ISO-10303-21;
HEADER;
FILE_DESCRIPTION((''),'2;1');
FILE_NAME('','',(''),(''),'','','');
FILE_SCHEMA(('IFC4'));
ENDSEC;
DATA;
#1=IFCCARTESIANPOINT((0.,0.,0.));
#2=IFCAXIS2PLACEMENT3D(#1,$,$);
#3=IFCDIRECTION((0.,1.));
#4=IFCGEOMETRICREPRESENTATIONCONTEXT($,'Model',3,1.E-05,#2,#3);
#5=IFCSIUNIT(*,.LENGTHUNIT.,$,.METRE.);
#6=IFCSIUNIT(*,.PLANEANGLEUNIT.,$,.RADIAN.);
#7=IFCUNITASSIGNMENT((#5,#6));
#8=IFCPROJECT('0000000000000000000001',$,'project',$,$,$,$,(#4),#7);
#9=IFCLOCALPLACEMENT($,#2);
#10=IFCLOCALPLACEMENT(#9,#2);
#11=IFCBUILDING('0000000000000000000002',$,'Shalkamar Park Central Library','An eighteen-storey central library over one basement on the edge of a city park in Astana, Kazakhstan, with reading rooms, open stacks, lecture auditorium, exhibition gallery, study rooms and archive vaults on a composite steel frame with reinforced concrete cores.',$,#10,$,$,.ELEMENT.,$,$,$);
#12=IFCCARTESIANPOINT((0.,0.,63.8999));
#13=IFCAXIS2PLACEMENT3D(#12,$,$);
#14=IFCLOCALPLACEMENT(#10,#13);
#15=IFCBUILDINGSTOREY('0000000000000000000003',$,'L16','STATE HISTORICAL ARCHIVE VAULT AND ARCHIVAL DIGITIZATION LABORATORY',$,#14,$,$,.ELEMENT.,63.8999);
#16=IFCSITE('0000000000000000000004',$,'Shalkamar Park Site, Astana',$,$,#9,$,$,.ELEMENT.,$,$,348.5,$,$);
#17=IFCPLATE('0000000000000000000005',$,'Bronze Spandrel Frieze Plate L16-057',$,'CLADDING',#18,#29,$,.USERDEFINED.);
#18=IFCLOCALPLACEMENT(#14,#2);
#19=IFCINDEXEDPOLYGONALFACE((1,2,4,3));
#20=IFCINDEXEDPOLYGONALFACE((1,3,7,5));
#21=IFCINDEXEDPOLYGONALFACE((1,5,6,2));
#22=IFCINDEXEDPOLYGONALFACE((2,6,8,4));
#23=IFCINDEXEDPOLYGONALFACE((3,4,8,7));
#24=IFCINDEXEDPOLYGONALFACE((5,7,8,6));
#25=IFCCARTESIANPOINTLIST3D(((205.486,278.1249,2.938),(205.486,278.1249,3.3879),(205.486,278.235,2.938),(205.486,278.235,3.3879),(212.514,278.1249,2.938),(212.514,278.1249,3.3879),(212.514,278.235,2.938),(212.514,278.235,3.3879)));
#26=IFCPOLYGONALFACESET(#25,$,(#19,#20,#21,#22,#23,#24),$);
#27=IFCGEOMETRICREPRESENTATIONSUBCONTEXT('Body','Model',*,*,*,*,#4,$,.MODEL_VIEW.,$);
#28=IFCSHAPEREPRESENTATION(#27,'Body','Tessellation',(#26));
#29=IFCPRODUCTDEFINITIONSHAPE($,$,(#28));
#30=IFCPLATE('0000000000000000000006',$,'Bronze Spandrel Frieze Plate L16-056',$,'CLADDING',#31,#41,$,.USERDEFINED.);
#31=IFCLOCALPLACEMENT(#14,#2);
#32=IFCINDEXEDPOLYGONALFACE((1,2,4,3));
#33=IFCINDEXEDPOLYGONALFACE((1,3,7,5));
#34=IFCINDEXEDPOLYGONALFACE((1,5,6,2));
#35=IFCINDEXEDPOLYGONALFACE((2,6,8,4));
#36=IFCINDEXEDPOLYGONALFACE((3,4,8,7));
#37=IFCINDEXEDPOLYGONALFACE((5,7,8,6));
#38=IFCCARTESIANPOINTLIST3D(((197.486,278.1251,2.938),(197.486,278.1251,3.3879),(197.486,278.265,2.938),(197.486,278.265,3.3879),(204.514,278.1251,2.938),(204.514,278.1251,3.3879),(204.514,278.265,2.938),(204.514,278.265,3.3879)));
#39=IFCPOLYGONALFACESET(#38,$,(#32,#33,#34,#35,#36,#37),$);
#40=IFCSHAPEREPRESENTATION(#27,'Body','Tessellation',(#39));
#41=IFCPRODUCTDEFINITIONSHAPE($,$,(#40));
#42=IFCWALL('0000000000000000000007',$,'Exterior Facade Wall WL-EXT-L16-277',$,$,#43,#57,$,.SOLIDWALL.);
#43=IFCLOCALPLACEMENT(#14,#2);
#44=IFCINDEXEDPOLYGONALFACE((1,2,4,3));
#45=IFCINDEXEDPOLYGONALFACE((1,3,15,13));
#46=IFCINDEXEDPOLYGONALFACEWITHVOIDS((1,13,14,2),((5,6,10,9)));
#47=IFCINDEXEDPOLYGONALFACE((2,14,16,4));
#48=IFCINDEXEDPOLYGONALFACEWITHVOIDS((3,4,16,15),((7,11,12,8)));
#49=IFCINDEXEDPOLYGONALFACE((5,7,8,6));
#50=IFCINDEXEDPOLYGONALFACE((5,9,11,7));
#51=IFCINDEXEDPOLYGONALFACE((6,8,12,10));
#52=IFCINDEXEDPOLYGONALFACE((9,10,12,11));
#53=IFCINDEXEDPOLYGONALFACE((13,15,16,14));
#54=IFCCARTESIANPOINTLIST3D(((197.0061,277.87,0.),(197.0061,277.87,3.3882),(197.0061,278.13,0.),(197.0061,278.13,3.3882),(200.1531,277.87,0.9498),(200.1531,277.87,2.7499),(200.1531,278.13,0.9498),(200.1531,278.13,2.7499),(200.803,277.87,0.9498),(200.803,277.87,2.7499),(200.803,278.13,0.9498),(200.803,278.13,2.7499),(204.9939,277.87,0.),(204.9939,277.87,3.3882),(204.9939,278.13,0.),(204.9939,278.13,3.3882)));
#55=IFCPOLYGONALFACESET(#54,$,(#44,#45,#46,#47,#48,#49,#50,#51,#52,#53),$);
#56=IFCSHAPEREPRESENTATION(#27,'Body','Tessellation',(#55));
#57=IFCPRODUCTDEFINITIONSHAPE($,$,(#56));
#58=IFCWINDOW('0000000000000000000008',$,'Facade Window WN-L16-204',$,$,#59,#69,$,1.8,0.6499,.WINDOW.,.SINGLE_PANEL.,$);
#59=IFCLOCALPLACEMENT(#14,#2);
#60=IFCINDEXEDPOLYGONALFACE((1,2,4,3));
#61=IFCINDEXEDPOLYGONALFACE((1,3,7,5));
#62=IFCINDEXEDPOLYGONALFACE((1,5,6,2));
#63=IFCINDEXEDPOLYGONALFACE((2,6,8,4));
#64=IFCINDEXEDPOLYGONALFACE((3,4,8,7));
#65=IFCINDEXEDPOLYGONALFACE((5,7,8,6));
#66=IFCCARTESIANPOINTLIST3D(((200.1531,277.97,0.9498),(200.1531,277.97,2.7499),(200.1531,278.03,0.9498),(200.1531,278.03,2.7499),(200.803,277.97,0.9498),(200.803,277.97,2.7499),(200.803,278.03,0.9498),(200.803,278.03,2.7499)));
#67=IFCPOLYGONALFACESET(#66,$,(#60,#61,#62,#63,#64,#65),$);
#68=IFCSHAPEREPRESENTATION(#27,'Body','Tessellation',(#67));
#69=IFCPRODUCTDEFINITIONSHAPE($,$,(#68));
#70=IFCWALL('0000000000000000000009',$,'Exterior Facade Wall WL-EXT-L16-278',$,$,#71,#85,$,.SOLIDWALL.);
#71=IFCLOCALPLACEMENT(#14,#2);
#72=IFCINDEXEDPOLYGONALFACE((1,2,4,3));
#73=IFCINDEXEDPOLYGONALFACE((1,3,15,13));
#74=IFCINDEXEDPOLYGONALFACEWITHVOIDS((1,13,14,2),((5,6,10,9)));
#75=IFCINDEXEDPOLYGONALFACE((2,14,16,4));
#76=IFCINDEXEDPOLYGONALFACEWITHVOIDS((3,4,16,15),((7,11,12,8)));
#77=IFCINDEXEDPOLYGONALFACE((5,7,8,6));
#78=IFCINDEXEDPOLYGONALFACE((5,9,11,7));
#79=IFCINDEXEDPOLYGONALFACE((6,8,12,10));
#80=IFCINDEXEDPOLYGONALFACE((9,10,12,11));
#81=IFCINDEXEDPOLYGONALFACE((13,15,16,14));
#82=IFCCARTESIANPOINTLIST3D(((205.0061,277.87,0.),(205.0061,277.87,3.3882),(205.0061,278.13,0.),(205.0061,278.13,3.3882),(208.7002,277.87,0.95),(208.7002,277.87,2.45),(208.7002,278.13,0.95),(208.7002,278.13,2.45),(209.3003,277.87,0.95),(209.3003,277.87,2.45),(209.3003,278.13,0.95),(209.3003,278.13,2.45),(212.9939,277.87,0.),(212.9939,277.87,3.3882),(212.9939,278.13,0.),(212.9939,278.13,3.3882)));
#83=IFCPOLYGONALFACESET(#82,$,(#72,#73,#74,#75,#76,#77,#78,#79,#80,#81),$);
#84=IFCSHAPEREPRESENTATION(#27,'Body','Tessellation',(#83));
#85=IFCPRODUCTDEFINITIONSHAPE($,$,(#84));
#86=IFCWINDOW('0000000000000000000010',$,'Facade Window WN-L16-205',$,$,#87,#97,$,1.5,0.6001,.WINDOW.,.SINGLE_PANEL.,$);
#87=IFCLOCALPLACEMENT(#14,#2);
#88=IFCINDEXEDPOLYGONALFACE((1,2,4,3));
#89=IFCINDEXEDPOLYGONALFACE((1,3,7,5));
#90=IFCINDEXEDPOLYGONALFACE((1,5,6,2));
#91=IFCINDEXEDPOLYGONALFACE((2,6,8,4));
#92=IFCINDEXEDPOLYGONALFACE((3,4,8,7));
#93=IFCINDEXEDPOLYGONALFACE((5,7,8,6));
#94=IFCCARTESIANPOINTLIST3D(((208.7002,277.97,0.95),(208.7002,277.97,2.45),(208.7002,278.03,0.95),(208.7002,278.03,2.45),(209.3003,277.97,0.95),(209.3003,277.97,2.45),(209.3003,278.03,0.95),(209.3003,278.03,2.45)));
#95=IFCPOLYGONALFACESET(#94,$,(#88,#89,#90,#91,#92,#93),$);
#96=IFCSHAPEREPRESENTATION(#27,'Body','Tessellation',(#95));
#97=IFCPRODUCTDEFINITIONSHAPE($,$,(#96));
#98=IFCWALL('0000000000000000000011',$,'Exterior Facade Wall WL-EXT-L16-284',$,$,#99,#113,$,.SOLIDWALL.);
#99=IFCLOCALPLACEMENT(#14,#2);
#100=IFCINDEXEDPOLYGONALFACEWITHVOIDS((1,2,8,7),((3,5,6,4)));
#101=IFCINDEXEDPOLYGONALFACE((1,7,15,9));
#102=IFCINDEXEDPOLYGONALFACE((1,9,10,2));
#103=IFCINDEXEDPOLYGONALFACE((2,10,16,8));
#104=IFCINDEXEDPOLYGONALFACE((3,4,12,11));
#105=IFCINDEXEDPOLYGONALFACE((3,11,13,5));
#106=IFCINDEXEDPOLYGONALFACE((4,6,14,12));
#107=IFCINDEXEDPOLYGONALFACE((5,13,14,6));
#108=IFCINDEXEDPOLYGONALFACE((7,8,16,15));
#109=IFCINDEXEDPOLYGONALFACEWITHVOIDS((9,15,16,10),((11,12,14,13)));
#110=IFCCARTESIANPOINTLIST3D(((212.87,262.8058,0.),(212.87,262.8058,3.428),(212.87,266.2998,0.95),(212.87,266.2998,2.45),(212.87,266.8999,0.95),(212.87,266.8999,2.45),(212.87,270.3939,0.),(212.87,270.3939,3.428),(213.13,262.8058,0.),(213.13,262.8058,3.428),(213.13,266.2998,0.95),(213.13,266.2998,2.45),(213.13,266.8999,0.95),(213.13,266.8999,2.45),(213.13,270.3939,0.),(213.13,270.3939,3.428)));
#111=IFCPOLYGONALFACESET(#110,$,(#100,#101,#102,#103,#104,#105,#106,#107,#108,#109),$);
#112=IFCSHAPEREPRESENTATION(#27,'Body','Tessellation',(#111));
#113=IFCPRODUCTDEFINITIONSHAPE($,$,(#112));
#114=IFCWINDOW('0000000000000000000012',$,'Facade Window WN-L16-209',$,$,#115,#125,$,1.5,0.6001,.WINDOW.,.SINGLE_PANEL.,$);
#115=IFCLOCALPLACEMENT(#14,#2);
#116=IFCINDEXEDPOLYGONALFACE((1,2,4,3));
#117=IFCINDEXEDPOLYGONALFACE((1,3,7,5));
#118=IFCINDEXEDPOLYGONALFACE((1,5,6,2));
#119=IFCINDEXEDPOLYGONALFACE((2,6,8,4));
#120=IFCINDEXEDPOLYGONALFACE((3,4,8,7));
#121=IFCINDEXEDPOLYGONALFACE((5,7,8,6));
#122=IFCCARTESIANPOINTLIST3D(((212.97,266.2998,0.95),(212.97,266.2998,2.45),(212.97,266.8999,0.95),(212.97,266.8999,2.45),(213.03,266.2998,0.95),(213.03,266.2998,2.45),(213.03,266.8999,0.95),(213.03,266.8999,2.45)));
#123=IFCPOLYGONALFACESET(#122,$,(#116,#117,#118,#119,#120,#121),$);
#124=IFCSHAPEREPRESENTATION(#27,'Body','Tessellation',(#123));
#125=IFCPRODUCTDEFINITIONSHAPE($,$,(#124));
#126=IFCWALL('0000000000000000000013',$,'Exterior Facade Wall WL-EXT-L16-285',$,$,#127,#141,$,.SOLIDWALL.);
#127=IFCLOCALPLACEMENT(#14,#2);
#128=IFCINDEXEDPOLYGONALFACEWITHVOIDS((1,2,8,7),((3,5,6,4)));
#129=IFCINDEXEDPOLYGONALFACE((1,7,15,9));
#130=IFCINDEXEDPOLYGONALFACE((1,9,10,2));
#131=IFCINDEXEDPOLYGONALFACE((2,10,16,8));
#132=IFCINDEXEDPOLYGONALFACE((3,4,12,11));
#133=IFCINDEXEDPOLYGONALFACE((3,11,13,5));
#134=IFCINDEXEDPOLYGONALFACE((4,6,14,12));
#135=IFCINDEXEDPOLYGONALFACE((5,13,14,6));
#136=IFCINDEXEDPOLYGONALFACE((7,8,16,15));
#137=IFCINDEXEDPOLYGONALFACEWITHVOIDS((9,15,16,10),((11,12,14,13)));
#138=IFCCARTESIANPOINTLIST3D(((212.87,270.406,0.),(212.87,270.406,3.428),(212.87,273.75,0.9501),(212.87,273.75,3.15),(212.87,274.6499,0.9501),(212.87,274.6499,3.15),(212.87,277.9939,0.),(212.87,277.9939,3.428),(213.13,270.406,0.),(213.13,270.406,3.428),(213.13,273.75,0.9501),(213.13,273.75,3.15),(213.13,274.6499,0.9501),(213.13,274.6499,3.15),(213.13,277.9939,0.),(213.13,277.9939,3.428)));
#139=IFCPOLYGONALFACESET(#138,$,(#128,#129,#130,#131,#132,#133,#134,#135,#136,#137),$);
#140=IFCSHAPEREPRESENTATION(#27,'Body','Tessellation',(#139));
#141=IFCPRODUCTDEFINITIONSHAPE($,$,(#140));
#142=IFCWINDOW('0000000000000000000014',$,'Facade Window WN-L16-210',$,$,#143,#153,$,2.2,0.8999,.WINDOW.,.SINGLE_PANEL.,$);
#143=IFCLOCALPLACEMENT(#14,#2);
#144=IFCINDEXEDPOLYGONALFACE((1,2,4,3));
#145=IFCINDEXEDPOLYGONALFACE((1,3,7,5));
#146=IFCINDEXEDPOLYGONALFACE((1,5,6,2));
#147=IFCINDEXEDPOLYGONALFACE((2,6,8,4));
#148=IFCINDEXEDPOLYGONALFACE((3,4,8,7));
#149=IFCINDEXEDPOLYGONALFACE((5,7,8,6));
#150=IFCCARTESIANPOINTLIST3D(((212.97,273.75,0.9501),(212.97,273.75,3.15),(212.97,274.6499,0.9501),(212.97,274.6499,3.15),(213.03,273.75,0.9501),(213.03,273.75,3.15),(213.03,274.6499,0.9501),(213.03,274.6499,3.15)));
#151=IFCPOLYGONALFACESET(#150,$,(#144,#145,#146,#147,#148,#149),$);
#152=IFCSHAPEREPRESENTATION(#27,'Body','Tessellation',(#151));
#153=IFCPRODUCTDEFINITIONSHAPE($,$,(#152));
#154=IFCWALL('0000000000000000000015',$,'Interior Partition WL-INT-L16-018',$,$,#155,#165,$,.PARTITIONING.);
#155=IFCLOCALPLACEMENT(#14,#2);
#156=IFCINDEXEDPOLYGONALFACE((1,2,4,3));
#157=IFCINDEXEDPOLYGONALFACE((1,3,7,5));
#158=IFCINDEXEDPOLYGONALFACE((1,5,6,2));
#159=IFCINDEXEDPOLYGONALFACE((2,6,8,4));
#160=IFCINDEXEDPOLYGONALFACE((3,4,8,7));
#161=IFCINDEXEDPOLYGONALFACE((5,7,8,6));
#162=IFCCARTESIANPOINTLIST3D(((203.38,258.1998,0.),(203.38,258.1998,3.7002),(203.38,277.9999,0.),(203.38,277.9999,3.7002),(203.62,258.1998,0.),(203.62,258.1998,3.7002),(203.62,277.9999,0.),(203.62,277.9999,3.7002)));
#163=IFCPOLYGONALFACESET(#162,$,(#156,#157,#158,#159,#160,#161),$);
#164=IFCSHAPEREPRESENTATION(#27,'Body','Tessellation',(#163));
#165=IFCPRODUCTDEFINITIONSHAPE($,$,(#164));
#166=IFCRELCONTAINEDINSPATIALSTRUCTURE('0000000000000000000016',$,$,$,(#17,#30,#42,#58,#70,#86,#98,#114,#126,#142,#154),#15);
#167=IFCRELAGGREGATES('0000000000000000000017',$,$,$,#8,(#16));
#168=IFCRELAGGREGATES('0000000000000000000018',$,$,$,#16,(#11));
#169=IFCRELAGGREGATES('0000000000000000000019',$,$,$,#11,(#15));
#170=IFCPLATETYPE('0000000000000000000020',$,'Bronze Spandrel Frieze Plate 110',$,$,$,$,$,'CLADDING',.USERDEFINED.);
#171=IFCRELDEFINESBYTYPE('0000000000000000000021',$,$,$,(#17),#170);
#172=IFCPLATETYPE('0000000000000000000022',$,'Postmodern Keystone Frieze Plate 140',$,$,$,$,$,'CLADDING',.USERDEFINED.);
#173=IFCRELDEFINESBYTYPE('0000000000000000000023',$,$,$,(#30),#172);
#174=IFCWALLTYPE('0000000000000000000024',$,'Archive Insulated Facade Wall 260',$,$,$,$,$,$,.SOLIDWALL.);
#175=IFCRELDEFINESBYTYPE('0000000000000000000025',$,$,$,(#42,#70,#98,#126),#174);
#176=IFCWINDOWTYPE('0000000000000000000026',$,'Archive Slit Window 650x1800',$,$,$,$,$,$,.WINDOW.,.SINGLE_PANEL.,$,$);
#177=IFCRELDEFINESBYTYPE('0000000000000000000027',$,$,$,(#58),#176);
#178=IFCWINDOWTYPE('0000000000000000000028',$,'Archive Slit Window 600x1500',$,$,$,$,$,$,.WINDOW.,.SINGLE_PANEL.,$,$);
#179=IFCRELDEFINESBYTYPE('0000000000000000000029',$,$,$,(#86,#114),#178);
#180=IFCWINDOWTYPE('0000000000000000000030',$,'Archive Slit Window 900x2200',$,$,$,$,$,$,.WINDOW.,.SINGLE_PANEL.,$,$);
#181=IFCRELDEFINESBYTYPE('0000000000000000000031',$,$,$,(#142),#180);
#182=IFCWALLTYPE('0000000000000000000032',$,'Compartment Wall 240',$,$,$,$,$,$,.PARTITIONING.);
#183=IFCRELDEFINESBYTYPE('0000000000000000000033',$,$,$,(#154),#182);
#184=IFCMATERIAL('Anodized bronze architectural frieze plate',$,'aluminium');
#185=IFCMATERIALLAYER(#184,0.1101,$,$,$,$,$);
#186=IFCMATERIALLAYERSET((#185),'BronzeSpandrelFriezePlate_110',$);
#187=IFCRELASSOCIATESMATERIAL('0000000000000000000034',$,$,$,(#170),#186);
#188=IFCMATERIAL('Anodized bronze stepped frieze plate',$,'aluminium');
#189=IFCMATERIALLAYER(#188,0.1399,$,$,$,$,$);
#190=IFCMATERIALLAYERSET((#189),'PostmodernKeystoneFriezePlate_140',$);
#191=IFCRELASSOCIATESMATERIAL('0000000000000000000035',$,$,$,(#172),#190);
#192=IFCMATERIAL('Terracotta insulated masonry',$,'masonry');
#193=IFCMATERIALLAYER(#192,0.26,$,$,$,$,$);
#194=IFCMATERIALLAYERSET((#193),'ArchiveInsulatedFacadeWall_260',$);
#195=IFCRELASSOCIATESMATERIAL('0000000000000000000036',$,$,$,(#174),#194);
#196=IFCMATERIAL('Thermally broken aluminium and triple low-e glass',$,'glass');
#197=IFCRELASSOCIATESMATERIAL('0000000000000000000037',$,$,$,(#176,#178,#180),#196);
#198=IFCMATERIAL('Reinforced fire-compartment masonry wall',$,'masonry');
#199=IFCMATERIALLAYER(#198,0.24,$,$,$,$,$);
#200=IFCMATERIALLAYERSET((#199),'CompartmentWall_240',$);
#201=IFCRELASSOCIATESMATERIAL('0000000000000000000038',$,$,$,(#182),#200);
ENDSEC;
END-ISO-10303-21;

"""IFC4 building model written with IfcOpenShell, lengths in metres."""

from ifc_helpers import new_model, si_unit, direction, frame, frame_2d, origin, origin_2d, place, context, subcontext, project, spatial, rectangle, extrude, material, layer, layer_set, type_object, element, fill, save


model = new_model("IFC4")

# Units and contexts
model_context = context("Model", 3, precision=1e-05, world=origin(), true_north=direction((0.0, 1.0)))
body_context = subcontext(model_context, "Body", "Model", "MODEL_VIEW")
ifc_project = project(units=[si_unit("LENGTHUNIT", "METRE"), si_unit("PLANEANGLEUNIT", "RADIAN")], contexts=[model_context])

# Site, building, storey
site_placement = place(None, origin())
site = spatial("IfcSite", under=ifc_project, at=site_placement, Name="Shalkamar Park Site, Astana", CompositionType="ELEMENT", RefElevation=348.5)
building_placement = place(site_placement, origin())
building = spatial("IfcBuilding", under=site, at=building_placement, Name="Shalkamar Park Central Library", Description="An eighteen-storey central library over one basement on the edge of a city park in Astana, Kazakhstan, with reading rooms, open stacks, lecture auditorium, exhibition gallery, study rooms and archive vaults on a composite steel frame with reinforced concrete cores.", CompositionType="ELEMENT")
storey_placement = place(building_placement, frame((0.0, 0.0, 63.8999)))
storey = spatial("IfcBuildingStorey", under=building, at=storey_placement, Name="L16", Description="STATE HISTORICAL ARCHIVE VAULT AND ARCHIVAL DIGITIZATION LABORATORY", CompositionType="ELEMENT", Elevation=63.8999)

# Plates
ifc_material_1 = material(Name="Anodized bronze architectural frieze plate", Category="aluminium")
ifc_layer_1 = layer(ifc_material_1, 0.1101)
ifc_layer_set_1 = layer_set([ifc_layer_1], Name="BronzeSpandrelFriezePlate_110")
plate_type_1 = type_object("IfcPlateType", Name="Bronze Spandrel Frieze Plate 110", ElementType="CLADDING", PredefinedType="USERDEFINED", material=ifc_layer_set_1)
plate_1_placement = place(storey_placement, frame((209.0, 278.1799, 2.938), z_axis=(0.0, 0.0, 1.0), x_axis=(1.0, 0.0, 0.0)))
element("IfcPlate", 1, at=plate_1_placement, inside=storey, type_object=plate_type_1, Name="Bronze Spandrel Frieze Plate L16-057", ObjectType="CLADDING", PredefinedType="USERDEFINED", context=body_context, shape_type="SweptSolid", body=[
    extrude(rectangle(XDim=7.0281, YDim=0.1101, at=origin_2d()), origin(), (0.0, 0.0, 1.0), 0.45),
])
ifc_material_2 = material(Name="Anodized bronze stepped frieze plate", Category="aluminium")
ifc_layer_2 = layer(ifc_material_2, 0.1399)
ifc_layer_set_2 = layer_set([ifc_layer_2], Name="PostmodernKeystoneFriezePlate_140")
plate_type_2 = type_object("IfcPlateType", Name="Postmodern Keystone Frieze Plate 140", ElementType="CLADDING", PredefinedType="USERDEFINED", material=ifc_layer_set_2)
plate_2_placement = place(storey_placement, frame((201.0, 278.1951, 2.938), z_axis=(0.0, 0.0, 1.0), x_axis=(1.0, 0.0, 0.0)))
element("IfcPlate", 2, at=plate_2_placement, inside=storey, type_object=plate_type_2, Name="Bronze Spandrel Frieze Plate L16-056", ObjectType="CLADDING", PredefinedType="USERDEFINED", context=body_context, shape_type="SweptSolid", body=[
    extrude(rectangle(XDim=7.0281, YDim=0.1399, at=origin_2d()), origin(), (0.0, 0.0, 1.0), 0.45),
])

# Walls, openings, windows
ifc_material_3 = material(Name="Terracotta insulated masonry", Category="masonry")
ifc_layer_3 = layer(ifc_material_3, 0.26)
ifc_layer_set_3 = layer_set([ifc_layer_3], Name="ArchiveInsulatedFacadeWall_260")
wall_type_1 = type_object("IfcWallType", Name="Archive Insulated Facade Wall 260", PredefinedType="SOLIDWALL", material=ifc_layer_set_3)
wall_1_placement = place(storey_placement, frame((197.0061, 278.0, 0.0), z_axis=(0.0, 0.0, 1.0), x_axis=(1.0, 0.0, 0.0)))
wall_1 = element("IfcWall", 3, at=wall_1_placement, inside=storey, type_object=wall_type_1, Name="Exterior Facade Wall WL-EXT-L16-277", PredefinedType="SOLIDWALL", context=body_context, shape_type="SweptSolid", body=[
    extrude(rectangle(XDim=7.9878, YDim=0.26, at=frame_2d((3.9939, 0.0))), origin(), (0.0, 0.0, 1.0), 3.3882),
])
opening_1_placement = place(wall_1_placement, frame((3.147, 0.0, 0.95)))
opening_1 = element("IfcOpeningElement", 4, at=opening_1_placement, cuts=wall_1, PredefinedType="OPENING", context=body_context, shape_type="SweptSolid", body=[
    extrude(rectangle(XDim=0.6499, YDim=1.8, at=frame_2d((0.325, 0.8999))), frame((0.0, 0.145, 0.0), z_axis=(0.0, -1.0, 0.0), x_axis=(1.0, 0.0, 0.0)), (0.0, 0.0, 1.0), 0.2898),
])
ifc_material_4 = material(Name="Thermally broken aluminium and triple low-e glass", Category="glass")
window_type_1 = type_object("IfcWindowType", Name="Archive Slit Window 650x1800", PartitioningType="SINGLE_PANEL", PredefinedType="WINDOW", material=ifc_material_4)
window_1_placement = place(opening_1_placement, origin())
window_1 = element("IfcWindow", 5, at=window_1_placement, inside=storey, type_object=window_type_1, Name="Facade Window WN-L16-204", OverallHeight=1.8, OverallWidth=0.6499, PartitioningType="SINGLE_PANEL", PredefinedType="WINDOW", context=body_context, shape_type="SweptSolid", body=[
    extrude(rectangle(XDim=0.6499, YDim=1.8, at=frame_2d((0.325, 0.8999))), frame((0.0, 0.03, 0.0), z_axis=(0.0, -1.0, 0.0), x_axis=(1.0, 0.0, 0.0)), (0.0, 0.0, 1.0), 0.0601),
])
fill(opening_1, window_1)
wall_2_placement = place(storey_placement, frame((205.0061, 278.0, 0.0), z_axis=(0.0, 0.0, 1.0), x_axis=(1.0, 0.0, 0.0)))
wall_2 = element("IfcWall", 6, at=wall_2_placement, inside=storey, type_object=wall_type_1, Name="Exterior Facade Wall WL-EXT-L16-278", PredefinedType="SOLIDWALL", context=body_context, shape_type="SweptSolid", body=[
    extrude(rectangle(XDim=7.9878, YDim=0.26, at=frame_2d((3.9939, 0.0))), origin(), (0.0, 0.0, 1.0), 3.3882),
])
opening_2_placement = place(wall_2_placement, frame((3.6941, 0.0, 0.95)))
opening_2 = element("IfcOpeningElement", 7, at=opening_2_placement, cuts=wall_2, PredefinedType="OPENING", context=body_context, shape_type="SweptSolid", body=[
    extrude(rectangle(XDim=0.6001, YDim=1.5, at=frame_2d((0.3, 0.75))), frame((0.0, 0.145, 0.0), z_axis=(0.0, -1.0, 0.0), x_axis=(1.0, 0.0, 0.0)), (0.0, 0.0, 1.0), 0.2898),
])
window_type_2 = type_object("IfcWindowType", Name="Archive Slit Window 600x1500", PartitioningType="SINGLE_PANEL", PredefinedType="WINDOW", material=ifc_material_4)
window_2_placement = place(opening_2_placement, origin())
window_2 = element("IfcWindow", 8, at=window_2_placement, inside=storey, type_object=window_type_2, Name="Facade Window WN-L16-205", OverallHeight=1.5, OverallWidth=0.6001, PartitioningType="SINGLE_PANEL", PredefinedType="WINDOW", context=body_context, shape_type="SweptSolid", body=[
    extrude(rectangle(XDim=0.6001, YDim=1.5, at=frame_2d((0.3, 0.75))), frame((0.0, 0.03, 0.0), z_axis=(0.0, -1.0, 0.0), x_axis=(1.0, 0.0, 0.0)), (0.0, 0.0, 1.0), 0.0601),
])
fill(opening_2, window_2)
wall_3_placement = place(storey_placement, frame((213.0, 262.8059, 0.0), z_axis=(0.0, 0.0, 1.0), x_axis=(0.0, 1.0, 0.0)))
wall_3 = element("IfcWall", 9, at=wall_3_placement, inside=storey, type_object=wall_type_1, Name="Exterior Facade Wall WL-EXT-L16-284", PredefinedType="SOLIDWALL", context=body_context, shape_type="SweptSolid", body=[
    extrude(rectangle(XDim=7.5881, YDim=0.26, at=frame_2d((3.7939, 0.0))), origin(), (0.0, 0.0, 1.0), 3.428),
])
opening_3_placement = place(wall_3_placement, frame((3.4939, 0.0, 0.95)))
opening_3 = element("IfcOpeningElement", 10, at=opening_3_placement, cuts=wall_3, PredefinedType="OPENING", context=body_context, shape_type="SweptSolid", body=[
    extrude(rectangle(XDim=0.6001, YDim=1.5, at=frame_2d((0.3, 0.75))), frame((0.0, 0.145, 0.0), z_axis=(0.0, -1.0, 0.0), x_axis=(1.0, 0.0, 0.0)), (0.0, 0.0, 1.0), 0.2898),
])
window_3_placement = place(opening_3_placement, origin())
window_3 = element("IfcWindow", 11, at=window_3_placement, inside=storey, type_object=window_type_2, Name="Facade Window WN-L16-209", OverallHeight=1.5, OverallWidth=0.6001, PartitioningType="SINGLE_PANEL", PredefinedType="WINDOW", context=body_context, shape_type="SweptSolid", body=[
    extrude(rectangle(XDim=0.6001, YDim=1.5, at=frame_2d((0.3, 0.75))), frame((0.0, 0.03, 0.0), z_axis=(0.0, -1.0, 0.0), x_axis=(1.0, 0.0, 0.0)), (0.0, 0.0, 1.0), 0.0601),
])
fill(opening_3, window_3)
wall_4_placement = place(storey_placement, frame((213.0, 270.406, 0.0), z_axis=(0.0, 0.0, 1.0), x_axis=(0.0, 1.0, 0.0)))
wall_4 = element("IfcWall", 12, at=wall_4_placement, inside=storey, type_object=wall_type_1, Name="Exterior Facade Wall WL-EXT-L16-285", PredefinedType="SOLIDWALL", context=body_context, shape_type="SweptSolid", body=[
    extrude(rectangle(XDim=7.5879, YDim=0.26, at=frame_2d((3.7939, 0.0))), origin(), (0.0, 0.0, 1.0), 3.428),
])
opening_4_placement = place(wall_4_placement, frame((3.344, 0.0, 0.95)))
opening_4 = element("IfcOpeningElement", 13, at=opening_4_placement, cuts=wall_4, PredefinedType="OPENING", context=body_context, shape_type="SweptSolid", body=[
    extrude(rectangle(XDim=0.8999, YDim=2.2, at=frame_2d((0.45, 1.1001))), frame((0.0, 0.145, 0.0), z_axis=(0.0, -1.0, 0.0), x_axis=(1.0, 0.0, 0.0)), (0.0, 0.0, 1.0), 0.2898),
])
window_type_3 = type_object("IfcWindowType", Name="Archive Slit Window 900x2200", PartitioningType="SINGLE_PANEL", PredefinedType="WINDOW", material=ifc_material_4)
window_4_placement = place(opening_4_placement, origin())
window_4 = element("IfcWindow", 14, at=window_4_placement, inside=storey, type_object=window_type_3, Name="Facade Window WN-L16-210", OverallHeight=2.2, OverallWidth=0.8999, PartitioningType="SINGLE_PANEL", PredefinedType="WINDOW", context=body_context, shape_type="SweptSolid", body=[
    extrude(rectangle(XDim=0.8999, YDim=2.2, at=frame_2d((0.45, 1.1001))), frame((0.0, 0.03, 0.0), z_axis=(0.0, -1.0, 0.0), x_axis=(1.0, 0.0, 0.0)), (0.0, 0.0, 1.0), 0.0601),
])
fill(opening_4, window_4)

# Wall
ifc_material_5 = material(Name="Reinforced fire-compartment masonry wall", Category="masonry")
ifc_layer_4 = layer(ifc_material_5, 0.24)
ifc_layer_set_4 = layer_set([ifc_layer_4], Name="CompartmentWall_240")
wall_type_2 = type_object("IfcWallType", Name="Compartment Wall 240", PredefinedType="PARTITIONING", material=ifc_layer_set_4)
wall_5_placement = place(storey_placement, frame((203.5, 258.2, 0.0), z_axis=(0.0, 0.0, 1.0), x_axis=(0.0, 1.0, 0.0)))
element("IfcWall", 15, at=wall_5_placement, inside=storey, type_object=wall_type_2, Name="Interior Partition WL-INT-L16-018", PredefinedType="PARTITIONING", context=body_context, shape_type="SweptSolid", body=[
    extrude(rectangle(XDim=19.8, YDim=0.24, at=frame_2d((9.8999, 0.0))), origin(), (0.0, 0.0, 1.0), 3.7002),
])

save(model, "model.ifc")
